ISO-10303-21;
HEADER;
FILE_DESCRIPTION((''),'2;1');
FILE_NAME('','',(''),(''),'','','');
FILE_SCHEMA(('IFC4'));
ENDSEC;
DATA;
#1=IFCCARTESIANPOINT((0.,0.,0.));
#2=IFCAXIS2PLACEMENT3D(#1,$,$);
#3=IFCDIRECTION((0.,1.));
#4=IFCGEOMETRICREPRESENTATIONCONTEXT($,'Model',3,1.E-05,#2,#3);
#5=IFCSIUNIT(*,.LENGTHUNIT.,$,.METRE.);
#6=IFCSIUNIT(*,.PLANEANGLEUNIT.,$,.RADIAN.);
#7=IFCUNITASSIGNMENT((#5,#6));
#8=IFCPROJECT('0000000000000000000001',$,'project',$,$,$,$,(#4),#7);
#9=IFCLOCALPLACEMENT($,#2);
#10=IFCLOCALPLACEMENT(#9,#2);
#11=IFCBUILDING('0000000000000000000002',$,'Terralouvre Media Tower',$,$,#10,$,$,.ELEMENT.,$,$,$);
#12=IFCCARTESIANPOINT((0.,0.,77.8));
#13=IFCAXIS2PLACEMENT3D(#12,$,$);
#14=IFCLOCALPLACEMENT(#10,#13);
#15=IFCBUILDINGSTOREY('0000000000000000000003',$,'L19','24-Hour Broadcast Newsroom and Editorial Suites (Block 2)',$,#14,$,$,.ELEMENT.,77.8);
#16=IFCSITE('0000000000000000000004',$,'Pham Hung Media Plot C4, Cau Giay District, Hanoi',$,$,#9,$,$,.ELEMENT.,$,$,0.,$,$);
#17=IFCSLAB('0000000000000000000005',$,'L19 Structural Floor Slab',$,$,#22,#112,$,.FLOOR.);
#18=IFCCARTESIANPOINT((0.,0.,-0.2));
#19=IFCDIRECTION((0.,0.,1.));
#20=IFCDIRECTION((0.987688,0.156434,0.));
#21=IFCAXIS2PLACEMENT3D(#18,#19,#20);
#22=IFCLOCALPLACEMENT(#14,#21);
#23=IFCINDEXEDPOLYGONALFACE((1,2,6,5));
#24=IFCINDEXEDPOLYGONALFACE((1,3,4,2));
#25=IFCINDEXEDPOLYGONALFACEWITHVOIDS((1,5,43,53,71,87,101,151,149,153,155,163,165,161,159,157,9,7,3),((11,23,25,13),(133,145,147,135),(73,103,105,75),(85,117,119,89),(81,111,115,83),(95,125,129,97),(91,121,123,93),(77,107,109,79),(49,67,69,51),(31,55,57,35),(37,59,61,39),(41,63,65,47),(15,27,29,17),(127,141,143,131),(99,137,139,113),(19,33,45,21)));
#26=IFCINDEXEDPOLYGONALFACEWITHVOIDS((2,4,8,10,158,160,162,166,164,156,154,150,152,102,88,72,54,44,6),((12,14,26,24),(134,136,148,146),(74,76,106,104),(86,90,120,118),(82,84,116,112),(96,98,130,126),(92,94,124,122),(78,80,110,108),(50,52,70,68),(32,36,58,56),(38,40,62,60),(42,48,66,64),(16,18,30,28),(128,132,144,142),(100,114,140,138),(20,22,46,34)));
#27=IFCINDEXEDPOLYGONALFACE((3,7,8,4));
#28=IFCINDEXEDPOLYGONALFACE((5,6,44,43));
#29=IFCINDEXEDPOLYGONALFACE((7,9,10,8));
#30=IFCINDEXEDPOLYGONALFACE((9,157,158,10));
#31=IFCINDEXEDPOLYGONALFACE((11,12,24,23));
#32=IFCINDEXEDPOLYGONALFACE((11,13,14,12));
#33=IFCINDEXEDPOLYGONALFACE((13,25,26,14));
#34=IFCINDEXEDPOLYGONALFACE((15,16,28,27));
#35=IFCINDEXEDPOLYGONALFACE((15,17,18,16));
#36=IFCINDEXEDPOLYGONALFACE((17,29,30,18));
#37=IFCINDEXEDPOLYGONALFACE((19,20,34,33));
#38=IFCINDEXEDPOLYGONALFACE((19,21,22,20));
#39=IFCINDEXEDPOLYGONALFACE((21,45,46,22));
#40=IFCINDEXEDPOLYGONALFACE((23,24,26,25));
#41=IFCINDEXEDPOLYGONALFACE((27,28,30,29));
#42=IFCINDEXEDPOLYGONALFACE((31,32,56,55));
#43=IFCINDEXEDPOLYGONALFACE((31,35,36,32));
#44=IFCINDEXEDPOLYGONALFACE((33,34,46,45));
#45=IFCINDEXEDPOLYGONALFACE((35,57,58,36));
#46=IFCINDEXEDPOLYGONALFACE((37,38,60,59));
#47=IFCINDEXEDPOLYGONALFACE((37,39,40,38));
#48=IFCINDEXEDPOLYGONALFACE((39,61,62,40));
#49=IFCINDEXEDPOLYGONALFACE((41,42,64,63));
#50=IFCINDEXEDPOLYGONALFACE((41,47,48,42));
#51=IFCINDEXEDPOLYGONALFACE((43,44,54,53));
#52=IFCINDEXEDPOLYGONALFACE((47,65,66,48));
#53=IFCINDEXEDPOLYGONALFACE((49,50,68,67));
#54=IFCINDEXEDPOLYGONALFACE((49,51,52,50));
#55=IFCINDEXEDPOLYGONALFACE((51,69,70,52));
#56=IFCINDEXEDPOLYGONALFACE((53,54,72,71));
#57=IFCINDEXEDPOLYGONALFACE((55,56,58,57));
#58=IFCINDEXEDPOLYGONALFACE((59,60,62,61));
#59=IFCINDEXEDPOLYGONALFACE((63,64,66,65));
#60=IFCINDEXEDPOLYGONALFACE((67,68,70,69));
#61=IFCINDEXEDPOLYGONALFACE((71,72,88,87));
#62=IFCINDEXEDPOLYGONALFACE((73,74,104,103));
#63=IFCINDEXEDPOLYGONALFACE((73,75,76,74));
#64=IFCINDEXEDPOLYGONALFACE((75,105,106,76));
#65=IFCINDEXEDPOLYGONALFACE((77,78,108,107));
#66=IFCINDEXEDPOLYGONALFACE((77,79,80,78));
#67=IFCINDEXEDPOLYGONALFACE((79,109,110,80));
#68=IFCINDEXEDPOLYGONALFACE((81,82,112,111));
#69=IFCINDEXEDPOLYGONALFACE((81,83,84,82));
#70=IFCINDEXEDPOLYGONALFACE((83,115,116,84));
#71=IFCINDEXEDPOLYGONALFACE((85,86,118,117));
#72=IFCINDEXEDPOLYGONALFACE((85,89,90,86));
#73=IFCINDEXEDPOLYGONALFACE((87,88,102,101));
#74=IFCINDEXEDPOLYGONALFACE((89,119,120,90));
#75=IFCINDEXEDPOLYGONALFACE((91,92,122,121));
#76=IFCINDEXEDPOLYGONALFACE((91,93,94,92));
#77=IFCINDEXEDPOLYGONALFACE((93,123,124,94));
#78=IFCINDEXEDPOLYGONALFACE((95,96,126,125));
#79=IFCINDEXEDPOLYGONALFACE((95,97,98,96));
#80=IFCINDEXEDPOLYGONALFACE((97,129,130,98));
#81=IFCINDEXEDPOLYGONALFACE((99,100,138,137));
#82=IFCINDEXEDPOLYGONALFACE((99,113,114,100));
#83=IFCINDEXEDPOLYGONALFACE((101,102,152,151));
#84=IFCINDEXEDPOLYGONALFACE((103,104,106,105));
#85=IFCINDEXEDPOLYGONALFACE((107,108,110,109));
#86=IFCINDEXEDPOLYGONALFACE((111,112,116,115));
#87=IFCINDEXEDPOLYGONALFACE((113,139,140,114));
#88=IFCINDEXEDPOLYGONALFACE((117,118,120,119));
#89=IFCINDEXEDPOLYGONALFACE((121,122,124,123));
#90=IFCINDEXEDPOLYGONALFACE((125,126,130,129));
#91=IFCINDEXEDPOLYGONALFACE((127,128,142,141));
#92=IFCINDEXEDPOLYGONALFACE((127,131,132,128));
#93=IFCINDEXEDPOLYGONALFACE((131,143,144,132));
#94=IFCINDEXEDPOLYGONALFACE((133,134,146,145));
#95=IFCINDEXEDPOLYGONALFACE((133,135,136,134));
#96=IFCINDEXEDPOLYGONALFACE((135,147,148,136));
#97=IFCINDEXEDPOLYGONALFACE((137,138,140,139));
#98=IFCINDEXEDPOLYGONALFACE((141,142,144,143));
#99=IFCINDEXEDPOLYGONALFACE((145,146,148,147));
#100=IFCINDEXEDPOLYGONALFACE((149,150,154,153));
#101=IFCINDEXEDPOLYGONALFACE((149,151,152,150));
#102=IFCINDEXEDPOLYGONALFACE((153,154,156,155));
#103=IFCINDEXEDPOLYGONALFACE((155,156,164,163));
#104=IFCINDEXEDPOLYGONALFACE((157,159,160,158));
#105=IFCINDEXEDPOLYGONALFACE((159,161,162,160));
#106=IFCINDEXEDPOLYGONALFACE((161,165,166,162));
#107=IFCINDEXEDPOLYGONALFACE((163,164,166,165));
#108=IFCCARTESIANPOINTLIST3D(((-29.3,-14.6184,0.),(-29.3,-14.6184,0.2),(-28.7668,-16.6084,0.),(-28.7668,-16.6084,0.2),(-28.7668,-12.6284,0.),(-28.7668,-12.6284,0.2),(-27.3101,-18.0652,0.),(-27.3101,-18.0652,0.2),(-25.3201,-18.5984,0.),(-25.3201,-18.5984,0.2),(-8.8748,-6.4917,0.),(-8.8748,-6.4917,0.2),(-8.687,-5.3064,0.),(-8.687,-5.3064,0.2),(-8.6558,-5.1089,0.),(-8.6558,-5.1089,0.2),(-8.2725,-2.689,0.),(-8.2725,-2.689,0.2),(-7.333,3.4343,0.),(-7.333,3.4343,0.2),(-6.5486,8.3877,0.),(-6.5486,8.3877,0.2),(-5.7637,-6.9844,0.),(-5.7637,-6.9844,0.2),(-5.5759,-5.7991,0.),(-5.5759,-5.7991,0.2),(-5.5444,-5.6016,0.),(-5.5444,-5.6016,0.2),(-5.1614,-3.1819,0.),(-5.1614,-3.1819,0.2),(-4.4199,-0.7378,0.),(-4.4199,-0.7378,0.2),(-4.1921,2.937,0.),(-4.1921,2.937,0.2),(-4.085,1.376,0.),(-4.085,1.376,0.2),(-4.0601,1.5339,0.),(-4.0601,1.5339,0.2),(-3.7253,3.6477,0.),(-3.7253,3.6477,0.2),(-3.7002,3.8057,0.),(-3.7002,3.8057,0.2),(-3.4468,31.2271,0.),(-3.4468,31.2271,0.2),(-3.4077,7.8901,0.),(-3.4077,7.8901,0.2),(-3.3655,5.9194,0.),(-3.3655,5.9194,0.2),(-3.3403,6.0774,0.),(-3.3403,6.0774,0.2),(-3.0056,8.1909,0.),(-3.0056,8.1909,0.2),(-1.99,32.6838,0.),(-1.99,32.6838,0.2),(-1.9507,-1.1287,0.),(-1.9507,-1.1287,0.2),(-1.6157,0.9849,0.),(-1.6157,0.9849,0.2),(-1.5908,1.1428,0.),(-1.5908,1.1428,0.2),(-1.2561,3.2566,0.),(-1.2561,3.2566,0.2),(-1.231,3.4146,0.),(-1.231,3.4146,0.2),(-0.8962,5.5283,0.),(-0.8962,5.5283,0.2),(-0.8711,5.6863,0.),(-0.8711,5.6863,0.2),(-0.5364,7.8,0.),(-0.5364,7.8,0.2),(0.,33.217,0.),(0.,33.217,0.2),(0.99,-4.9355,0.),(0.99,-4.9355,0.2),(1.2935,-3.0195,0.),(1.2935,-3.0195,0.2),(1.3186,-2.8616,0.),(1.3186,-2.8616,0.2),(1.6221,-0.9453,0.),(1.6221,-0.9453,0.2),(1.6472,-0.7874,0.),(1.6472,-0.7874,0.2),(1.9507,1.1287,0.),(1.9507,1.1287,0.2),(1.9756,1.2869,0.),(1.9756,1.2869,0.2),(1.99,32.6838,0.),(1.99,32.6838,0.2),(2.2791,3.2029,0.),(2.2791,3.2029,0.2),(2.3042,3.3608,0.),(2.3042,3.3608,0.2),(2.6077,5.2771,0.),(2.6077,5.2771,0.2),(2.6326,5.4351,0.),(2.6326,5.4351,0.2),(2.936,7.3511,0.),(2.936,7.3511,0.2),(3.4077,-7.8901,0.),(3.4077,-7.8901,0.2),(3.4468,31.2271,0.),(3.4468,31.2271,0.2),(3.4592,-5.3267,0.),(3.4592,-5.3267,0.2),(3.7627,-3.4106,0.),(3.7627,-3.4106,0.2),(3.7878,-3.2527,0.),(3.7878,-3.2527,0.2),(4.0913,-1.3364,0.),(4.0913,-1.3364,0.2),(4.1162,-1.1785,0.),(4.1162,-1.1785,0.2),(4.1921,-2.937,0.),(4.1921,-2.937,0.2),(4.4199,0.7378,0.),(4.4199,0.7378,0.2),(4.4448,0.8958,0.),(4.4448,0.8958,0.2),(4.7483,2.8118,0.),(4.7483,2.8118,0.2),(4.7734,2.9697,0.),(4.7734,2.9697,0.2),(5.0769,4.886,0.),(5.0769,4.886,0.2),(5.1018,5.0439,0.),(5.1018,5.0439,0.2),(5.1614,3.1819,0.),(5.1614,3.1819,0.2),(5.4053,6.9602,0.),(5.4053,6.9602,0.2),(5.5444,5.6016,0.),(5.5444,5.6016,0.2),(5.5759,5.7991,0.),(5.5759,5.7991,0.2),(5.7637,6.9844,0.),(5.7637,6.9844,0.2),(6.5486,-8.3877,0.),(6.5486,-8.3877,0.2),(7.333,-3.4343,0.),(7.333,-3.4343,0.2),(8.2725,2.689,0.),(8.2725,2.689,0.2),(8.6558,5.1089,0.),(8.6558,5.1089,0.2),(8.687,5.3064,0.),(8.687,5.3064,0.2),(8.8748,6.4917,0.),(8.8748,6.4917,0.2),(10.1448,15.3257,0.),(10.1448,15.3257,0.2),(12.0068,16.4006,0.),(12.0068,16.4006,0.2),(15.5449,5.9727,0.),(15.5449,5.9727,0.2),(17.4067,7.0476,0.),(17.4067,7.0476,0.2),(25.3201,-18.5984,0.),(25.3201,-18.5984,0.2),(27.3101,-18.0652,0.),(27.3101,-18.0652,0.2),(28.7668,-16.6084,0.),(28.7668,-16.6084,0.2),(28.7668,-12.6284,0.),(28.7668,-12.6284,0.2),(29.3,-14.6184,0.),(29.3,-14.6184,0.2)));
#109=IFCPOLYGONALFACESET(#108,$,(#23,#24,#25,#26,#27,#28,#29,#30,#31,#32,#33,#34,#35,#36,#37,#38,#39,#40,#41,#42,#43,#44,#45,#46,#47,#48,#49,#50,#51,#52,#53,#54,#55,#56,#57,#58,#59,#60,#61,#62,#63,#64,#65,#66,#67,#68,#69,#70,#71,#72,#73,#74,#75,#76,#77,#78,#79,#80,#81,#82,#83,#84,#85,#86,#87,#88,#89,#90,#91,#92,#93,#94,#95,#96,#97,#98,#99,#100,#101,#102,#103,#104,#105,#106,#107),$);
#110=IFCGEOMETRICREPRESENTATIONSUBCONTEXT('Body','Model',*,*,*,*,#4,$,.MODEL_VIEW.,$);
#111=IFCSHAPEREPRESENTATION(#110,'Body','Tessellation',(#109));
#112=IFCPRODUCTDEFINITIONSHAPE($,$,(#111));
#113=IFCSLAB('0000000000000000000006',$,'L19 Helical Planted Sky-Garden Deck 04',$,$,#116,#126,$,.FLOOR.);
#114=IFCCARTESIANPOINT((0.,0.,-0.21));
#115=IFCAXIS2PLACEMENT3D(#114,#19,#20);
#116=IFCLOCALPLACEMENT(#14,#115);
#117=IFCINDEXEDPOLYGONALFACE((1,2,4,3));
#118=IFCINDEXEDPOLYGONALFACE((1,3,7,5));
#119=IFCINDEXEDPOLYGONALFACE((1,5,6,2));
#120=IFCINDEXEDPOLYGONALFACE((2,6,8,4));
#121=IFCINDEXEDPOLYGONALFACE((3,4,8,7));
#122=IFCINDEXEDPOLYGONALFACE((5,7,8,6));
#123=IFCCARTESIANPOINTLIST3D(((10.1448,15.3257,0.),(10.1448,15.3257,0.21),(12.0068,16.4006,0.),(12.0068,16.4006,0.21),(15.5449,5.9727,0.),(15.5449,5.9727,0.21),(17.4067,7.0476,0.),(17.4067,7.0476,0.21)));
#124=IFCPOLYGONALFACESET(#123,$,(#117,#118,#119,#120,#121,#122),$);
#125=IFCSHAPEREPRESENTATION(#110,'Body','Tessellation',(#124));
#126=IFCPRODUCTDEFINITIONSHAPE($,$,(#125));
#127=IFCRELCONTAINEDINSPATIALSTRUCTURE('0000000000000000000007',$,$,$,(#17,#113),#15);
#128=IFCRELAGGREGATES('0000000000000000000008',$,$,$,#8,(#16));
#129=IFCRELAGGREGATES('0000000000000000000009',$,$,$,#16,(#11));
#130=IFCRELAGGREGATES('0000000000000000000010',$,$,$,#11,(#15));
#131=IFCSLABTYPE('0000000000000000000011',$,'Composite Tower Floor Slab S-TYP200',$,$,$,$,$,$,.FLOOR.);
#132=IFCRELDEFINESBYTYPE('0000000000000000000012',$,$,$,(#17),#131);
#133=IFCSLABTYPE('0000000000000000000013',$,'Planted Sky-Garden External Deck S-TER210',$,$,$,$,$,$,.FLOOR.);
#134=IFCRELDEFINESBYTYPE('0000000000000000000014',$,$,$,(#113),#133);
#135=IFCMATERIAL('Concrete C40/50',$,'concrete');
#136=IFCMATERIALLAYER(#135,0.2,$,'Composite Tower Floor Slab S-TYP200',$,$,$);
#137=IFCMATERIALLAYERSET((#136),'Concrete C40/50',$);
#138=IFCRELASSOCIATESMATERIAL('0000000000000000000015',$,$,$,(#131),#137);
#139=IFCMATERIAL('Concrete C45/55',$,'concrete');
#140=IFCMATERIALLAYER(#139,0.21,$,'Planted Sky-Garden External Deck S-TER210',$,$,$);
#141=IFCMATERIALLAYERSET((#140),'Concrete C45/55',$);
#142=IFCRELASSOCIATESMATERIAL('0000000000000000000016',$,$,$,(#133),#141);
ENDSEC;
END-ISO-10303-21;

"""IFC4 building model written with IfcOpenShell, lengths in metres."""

from ifc_helpers import new_model, si_unit, direction, frame, origin, place, context, subcontext, project, spatial, polyline, outline, extrude, material, layer, layer_set, type_object, element, save


model = new_model("IFC4")

# Units and contexts
model_context = context("Model", 3, precision=1e-05, world=origin(), true_north=direction((0.0, 1.0)))
body_context = subcontext(model_context, "Body", "Model", "MODEL_VIEW")
ifc_project = project(units=[si_unit("LENGTHUNIT", "METRE"), si_unit("PLANEANGLEUNIT", "RADIAN")], contexts=[model_context])

# Site, building, storey
site_placement = place(None, origin())
site = spatial("IfcSite", under=ifc_project, at=site_placement, Name="Pham Hung Media Plot C4, Cau Giay District, Hanoi", CompositionType="ELEMENT", RefElevation=0.0)
building_placement = place(site_placement, origin())
building = spatial("IfcBuilding", under=site, at=building_placement, Name="Terralouvre Media Tower", CompositionType="ELEMENT")
storey_placement = place(building_placement, frame((0.0, 0.0, 77.8)))
storey = spatial("IfcBuildingStorey", under=building, at=storey_placement, Name="L19", Description="24-Hour Broadcast Newsroom and Editorial Suites (Block 2)", CompositionType="ELEMENT", Elevation=77.8)

# Slabs
ifc_material_1 = material(Name="Concrete C40/50", Category="concrete")
ifc_layer_1 = layer(ifc_material_1, 0.2, Name="Composite Tower Floor Slab S-TYP200")
ifc_layer_set_1 = layer_set([ifc_layer_1], Name="Concrete C40/50")
slab_type_1 = type_object("IfcSlabType", Name="Composite Tower Floor Slab S-TYP200", PredefinedType="FLOOR", material=ifc_layer_set_1)
slab_1_placement = place(storey_placement, frame((0.0, 0.0, -0.2), z_axis=(0.0, 0.0, 1.0), x_axis=(0.987688, 0.156434, 0.0)))
element("IfcSlab", 1, at=slab_1_placement, inside=storey, type_object=slab_type_1, Name="L19 Structural Floor Slab", PredefinedType="FLOOR", context=body_context, shape_type="SweptSolid", body=[
    extrude(outline(polyline([(28.7668, -12.6284), (17.4067, 7.0476), (15.5449, 5.9727), (10.1448, 15.3257), (12.0068, 16.4006), (3.4468, 31.2271), (1.99, 32.6838), (0.0, 33.217), (-1.99, 32.6838), (-3.4468, 31.2271), (-28.7668, -12.6284), (-29.3, -14.6184), (-28.7668, -16.6084), (-27.3101, -18.0652), (-25.3201, -18.5984), (25.3201, -18.5984), (27.3101, -18.0652), (28.7668, -16.6084), (29.3, -14.6184), (28.7668, -12.6284)]), holes=[polyline([(-5.7637, -6.9844), (-8.8748, -6.4917), (-8.687, -5.3064), (-5.5759, -5.7991), (-5.7637, -6.9844)]), polyline([(-5.5444, -5.6016), (-8.6558, -5.1089), (-8.2725, -2.689), (-5.1614, -3.1819), (-5.5444, -5.6016)]), polyline([(-1.9507, -1.1287), (-4.4199, -0.7378), (-4.085, 1.376), (-1.6157, 0.9849), (-1.9507, -1.1287)]), polyline([(-1.5908, 1.1428), (-4.0601, 1.5339), (-3.7253, 3.6477), (-1.2561, 3.2566), (-1.5908, 1.1428)]), polyline([(4.4448, 0.8958), (1.9756, 1.2869), (2.2791, 3.2029), (4.7483, 2.8118), (4.4448, 0.8958)]), polyline([(-1.231, 3.4146), (-3.7002, 3.8057), (-3.3655, 5.9194), (-0.8962, 5.5283), (-1.231, 3.4146)]), polyline([(-4.1921, 2.937), (-7.333, 3.4343), (-6.5486, 8.3877), (-3.4077, 7.8901), (-4.1921, 2.937)]), polyline([(-0.8711, 5.6863), (-3.3403, 6.0774), (-3.0056, 8.1909), (-0.5364, 7.8), (-0.8711, 5.6863)]), polyline([(4.1921, -2.937), (7.333, -3.4343), (6.5486, -8.3877), (3.4077, -7.8901), (4.1921, -2.937)]), polyline([(3.4592, -5.3267), (0.99, -4.9355), (1.2935, -3.0195), (3.7627, -3.4106), (3.4592, -5.3267)]), polyline([(3.7878, -3.2527), (1.3186, -2.8616), (1.6221, -0.9453), (4.0913, -1.3364), (3.7878, -3.2527)]), polyline([(4.1162, -1.1785), (1.6472, -0.7874), (1.9507, 1.1287), (4.4199, 0.7378), (4.1162, -1.1785)]), polyline([(4.7734, 2.9697), (2.3042, 3.3608), (2.6077, 5.2771), (5.0769, 4.886), (4.7734, 2.9697)]), polyline([(8.2725, 2.689), (5.1614, 3.1819), (5.5444, 5.6016), (8.6558, 5.1089), (8.2725, 2.689)]), polyline([(5.1018, 5.0439), (2.6326, 5.4351), (2.936, 7.3511), (5.4053, 6.9602), (5.1018, 5.0439)]), polyline([(8.687, 5.3064), (5.5759, 5.7991), (5.7637, 6.9844), (8.8748, 6.4917), (8.687, 5.3064)])]), origin(), (0.0, 0.0, 1.0), 0.2),
])
ifc_material_2 = material(Name="Concrete C45/55", Category="concrete")
ifc_layer_2 = layer(ifc_material_2, 0.21, Name="Planted Sky-Garden External Deck S-TER210")
ifc_layer_set_2 = layer_set([ifc_layer_2], Name="Concrete C45/55")
slab_type_2 = type_object("IfcSlabType", Name="Planted Sky-Garden External Deck S-TER210", PredefinedType="FLOOR", material=ifc_layer_set_2)
slab_2_placement = place(storey_placement, frame((0.0, 0.0, -0.21), z_axis=(0.0, 0.0, 1.0), x_axis=(0.987688, 0.156434, 0.0)))
element("IfcSlab", 2, at=slab_2_placement, inside=storey, type_object=slab_type_2, Name="L19 Helical Planted Sky-Garden Deck 04", PredefinedType="FLOOR", context=body_context, shape_type="SweptSolid", body=[
    extrude(outline(polyline([(17.4067, 7.0476), (12.0068, 16.4006), (10.1448, 15.3257), (15.5449, 5.9727), (17.4067, 7.0476)])), origin(), (0.0, 0.0, 1.0), 0.21),
])

save(model, "model.ifc")
